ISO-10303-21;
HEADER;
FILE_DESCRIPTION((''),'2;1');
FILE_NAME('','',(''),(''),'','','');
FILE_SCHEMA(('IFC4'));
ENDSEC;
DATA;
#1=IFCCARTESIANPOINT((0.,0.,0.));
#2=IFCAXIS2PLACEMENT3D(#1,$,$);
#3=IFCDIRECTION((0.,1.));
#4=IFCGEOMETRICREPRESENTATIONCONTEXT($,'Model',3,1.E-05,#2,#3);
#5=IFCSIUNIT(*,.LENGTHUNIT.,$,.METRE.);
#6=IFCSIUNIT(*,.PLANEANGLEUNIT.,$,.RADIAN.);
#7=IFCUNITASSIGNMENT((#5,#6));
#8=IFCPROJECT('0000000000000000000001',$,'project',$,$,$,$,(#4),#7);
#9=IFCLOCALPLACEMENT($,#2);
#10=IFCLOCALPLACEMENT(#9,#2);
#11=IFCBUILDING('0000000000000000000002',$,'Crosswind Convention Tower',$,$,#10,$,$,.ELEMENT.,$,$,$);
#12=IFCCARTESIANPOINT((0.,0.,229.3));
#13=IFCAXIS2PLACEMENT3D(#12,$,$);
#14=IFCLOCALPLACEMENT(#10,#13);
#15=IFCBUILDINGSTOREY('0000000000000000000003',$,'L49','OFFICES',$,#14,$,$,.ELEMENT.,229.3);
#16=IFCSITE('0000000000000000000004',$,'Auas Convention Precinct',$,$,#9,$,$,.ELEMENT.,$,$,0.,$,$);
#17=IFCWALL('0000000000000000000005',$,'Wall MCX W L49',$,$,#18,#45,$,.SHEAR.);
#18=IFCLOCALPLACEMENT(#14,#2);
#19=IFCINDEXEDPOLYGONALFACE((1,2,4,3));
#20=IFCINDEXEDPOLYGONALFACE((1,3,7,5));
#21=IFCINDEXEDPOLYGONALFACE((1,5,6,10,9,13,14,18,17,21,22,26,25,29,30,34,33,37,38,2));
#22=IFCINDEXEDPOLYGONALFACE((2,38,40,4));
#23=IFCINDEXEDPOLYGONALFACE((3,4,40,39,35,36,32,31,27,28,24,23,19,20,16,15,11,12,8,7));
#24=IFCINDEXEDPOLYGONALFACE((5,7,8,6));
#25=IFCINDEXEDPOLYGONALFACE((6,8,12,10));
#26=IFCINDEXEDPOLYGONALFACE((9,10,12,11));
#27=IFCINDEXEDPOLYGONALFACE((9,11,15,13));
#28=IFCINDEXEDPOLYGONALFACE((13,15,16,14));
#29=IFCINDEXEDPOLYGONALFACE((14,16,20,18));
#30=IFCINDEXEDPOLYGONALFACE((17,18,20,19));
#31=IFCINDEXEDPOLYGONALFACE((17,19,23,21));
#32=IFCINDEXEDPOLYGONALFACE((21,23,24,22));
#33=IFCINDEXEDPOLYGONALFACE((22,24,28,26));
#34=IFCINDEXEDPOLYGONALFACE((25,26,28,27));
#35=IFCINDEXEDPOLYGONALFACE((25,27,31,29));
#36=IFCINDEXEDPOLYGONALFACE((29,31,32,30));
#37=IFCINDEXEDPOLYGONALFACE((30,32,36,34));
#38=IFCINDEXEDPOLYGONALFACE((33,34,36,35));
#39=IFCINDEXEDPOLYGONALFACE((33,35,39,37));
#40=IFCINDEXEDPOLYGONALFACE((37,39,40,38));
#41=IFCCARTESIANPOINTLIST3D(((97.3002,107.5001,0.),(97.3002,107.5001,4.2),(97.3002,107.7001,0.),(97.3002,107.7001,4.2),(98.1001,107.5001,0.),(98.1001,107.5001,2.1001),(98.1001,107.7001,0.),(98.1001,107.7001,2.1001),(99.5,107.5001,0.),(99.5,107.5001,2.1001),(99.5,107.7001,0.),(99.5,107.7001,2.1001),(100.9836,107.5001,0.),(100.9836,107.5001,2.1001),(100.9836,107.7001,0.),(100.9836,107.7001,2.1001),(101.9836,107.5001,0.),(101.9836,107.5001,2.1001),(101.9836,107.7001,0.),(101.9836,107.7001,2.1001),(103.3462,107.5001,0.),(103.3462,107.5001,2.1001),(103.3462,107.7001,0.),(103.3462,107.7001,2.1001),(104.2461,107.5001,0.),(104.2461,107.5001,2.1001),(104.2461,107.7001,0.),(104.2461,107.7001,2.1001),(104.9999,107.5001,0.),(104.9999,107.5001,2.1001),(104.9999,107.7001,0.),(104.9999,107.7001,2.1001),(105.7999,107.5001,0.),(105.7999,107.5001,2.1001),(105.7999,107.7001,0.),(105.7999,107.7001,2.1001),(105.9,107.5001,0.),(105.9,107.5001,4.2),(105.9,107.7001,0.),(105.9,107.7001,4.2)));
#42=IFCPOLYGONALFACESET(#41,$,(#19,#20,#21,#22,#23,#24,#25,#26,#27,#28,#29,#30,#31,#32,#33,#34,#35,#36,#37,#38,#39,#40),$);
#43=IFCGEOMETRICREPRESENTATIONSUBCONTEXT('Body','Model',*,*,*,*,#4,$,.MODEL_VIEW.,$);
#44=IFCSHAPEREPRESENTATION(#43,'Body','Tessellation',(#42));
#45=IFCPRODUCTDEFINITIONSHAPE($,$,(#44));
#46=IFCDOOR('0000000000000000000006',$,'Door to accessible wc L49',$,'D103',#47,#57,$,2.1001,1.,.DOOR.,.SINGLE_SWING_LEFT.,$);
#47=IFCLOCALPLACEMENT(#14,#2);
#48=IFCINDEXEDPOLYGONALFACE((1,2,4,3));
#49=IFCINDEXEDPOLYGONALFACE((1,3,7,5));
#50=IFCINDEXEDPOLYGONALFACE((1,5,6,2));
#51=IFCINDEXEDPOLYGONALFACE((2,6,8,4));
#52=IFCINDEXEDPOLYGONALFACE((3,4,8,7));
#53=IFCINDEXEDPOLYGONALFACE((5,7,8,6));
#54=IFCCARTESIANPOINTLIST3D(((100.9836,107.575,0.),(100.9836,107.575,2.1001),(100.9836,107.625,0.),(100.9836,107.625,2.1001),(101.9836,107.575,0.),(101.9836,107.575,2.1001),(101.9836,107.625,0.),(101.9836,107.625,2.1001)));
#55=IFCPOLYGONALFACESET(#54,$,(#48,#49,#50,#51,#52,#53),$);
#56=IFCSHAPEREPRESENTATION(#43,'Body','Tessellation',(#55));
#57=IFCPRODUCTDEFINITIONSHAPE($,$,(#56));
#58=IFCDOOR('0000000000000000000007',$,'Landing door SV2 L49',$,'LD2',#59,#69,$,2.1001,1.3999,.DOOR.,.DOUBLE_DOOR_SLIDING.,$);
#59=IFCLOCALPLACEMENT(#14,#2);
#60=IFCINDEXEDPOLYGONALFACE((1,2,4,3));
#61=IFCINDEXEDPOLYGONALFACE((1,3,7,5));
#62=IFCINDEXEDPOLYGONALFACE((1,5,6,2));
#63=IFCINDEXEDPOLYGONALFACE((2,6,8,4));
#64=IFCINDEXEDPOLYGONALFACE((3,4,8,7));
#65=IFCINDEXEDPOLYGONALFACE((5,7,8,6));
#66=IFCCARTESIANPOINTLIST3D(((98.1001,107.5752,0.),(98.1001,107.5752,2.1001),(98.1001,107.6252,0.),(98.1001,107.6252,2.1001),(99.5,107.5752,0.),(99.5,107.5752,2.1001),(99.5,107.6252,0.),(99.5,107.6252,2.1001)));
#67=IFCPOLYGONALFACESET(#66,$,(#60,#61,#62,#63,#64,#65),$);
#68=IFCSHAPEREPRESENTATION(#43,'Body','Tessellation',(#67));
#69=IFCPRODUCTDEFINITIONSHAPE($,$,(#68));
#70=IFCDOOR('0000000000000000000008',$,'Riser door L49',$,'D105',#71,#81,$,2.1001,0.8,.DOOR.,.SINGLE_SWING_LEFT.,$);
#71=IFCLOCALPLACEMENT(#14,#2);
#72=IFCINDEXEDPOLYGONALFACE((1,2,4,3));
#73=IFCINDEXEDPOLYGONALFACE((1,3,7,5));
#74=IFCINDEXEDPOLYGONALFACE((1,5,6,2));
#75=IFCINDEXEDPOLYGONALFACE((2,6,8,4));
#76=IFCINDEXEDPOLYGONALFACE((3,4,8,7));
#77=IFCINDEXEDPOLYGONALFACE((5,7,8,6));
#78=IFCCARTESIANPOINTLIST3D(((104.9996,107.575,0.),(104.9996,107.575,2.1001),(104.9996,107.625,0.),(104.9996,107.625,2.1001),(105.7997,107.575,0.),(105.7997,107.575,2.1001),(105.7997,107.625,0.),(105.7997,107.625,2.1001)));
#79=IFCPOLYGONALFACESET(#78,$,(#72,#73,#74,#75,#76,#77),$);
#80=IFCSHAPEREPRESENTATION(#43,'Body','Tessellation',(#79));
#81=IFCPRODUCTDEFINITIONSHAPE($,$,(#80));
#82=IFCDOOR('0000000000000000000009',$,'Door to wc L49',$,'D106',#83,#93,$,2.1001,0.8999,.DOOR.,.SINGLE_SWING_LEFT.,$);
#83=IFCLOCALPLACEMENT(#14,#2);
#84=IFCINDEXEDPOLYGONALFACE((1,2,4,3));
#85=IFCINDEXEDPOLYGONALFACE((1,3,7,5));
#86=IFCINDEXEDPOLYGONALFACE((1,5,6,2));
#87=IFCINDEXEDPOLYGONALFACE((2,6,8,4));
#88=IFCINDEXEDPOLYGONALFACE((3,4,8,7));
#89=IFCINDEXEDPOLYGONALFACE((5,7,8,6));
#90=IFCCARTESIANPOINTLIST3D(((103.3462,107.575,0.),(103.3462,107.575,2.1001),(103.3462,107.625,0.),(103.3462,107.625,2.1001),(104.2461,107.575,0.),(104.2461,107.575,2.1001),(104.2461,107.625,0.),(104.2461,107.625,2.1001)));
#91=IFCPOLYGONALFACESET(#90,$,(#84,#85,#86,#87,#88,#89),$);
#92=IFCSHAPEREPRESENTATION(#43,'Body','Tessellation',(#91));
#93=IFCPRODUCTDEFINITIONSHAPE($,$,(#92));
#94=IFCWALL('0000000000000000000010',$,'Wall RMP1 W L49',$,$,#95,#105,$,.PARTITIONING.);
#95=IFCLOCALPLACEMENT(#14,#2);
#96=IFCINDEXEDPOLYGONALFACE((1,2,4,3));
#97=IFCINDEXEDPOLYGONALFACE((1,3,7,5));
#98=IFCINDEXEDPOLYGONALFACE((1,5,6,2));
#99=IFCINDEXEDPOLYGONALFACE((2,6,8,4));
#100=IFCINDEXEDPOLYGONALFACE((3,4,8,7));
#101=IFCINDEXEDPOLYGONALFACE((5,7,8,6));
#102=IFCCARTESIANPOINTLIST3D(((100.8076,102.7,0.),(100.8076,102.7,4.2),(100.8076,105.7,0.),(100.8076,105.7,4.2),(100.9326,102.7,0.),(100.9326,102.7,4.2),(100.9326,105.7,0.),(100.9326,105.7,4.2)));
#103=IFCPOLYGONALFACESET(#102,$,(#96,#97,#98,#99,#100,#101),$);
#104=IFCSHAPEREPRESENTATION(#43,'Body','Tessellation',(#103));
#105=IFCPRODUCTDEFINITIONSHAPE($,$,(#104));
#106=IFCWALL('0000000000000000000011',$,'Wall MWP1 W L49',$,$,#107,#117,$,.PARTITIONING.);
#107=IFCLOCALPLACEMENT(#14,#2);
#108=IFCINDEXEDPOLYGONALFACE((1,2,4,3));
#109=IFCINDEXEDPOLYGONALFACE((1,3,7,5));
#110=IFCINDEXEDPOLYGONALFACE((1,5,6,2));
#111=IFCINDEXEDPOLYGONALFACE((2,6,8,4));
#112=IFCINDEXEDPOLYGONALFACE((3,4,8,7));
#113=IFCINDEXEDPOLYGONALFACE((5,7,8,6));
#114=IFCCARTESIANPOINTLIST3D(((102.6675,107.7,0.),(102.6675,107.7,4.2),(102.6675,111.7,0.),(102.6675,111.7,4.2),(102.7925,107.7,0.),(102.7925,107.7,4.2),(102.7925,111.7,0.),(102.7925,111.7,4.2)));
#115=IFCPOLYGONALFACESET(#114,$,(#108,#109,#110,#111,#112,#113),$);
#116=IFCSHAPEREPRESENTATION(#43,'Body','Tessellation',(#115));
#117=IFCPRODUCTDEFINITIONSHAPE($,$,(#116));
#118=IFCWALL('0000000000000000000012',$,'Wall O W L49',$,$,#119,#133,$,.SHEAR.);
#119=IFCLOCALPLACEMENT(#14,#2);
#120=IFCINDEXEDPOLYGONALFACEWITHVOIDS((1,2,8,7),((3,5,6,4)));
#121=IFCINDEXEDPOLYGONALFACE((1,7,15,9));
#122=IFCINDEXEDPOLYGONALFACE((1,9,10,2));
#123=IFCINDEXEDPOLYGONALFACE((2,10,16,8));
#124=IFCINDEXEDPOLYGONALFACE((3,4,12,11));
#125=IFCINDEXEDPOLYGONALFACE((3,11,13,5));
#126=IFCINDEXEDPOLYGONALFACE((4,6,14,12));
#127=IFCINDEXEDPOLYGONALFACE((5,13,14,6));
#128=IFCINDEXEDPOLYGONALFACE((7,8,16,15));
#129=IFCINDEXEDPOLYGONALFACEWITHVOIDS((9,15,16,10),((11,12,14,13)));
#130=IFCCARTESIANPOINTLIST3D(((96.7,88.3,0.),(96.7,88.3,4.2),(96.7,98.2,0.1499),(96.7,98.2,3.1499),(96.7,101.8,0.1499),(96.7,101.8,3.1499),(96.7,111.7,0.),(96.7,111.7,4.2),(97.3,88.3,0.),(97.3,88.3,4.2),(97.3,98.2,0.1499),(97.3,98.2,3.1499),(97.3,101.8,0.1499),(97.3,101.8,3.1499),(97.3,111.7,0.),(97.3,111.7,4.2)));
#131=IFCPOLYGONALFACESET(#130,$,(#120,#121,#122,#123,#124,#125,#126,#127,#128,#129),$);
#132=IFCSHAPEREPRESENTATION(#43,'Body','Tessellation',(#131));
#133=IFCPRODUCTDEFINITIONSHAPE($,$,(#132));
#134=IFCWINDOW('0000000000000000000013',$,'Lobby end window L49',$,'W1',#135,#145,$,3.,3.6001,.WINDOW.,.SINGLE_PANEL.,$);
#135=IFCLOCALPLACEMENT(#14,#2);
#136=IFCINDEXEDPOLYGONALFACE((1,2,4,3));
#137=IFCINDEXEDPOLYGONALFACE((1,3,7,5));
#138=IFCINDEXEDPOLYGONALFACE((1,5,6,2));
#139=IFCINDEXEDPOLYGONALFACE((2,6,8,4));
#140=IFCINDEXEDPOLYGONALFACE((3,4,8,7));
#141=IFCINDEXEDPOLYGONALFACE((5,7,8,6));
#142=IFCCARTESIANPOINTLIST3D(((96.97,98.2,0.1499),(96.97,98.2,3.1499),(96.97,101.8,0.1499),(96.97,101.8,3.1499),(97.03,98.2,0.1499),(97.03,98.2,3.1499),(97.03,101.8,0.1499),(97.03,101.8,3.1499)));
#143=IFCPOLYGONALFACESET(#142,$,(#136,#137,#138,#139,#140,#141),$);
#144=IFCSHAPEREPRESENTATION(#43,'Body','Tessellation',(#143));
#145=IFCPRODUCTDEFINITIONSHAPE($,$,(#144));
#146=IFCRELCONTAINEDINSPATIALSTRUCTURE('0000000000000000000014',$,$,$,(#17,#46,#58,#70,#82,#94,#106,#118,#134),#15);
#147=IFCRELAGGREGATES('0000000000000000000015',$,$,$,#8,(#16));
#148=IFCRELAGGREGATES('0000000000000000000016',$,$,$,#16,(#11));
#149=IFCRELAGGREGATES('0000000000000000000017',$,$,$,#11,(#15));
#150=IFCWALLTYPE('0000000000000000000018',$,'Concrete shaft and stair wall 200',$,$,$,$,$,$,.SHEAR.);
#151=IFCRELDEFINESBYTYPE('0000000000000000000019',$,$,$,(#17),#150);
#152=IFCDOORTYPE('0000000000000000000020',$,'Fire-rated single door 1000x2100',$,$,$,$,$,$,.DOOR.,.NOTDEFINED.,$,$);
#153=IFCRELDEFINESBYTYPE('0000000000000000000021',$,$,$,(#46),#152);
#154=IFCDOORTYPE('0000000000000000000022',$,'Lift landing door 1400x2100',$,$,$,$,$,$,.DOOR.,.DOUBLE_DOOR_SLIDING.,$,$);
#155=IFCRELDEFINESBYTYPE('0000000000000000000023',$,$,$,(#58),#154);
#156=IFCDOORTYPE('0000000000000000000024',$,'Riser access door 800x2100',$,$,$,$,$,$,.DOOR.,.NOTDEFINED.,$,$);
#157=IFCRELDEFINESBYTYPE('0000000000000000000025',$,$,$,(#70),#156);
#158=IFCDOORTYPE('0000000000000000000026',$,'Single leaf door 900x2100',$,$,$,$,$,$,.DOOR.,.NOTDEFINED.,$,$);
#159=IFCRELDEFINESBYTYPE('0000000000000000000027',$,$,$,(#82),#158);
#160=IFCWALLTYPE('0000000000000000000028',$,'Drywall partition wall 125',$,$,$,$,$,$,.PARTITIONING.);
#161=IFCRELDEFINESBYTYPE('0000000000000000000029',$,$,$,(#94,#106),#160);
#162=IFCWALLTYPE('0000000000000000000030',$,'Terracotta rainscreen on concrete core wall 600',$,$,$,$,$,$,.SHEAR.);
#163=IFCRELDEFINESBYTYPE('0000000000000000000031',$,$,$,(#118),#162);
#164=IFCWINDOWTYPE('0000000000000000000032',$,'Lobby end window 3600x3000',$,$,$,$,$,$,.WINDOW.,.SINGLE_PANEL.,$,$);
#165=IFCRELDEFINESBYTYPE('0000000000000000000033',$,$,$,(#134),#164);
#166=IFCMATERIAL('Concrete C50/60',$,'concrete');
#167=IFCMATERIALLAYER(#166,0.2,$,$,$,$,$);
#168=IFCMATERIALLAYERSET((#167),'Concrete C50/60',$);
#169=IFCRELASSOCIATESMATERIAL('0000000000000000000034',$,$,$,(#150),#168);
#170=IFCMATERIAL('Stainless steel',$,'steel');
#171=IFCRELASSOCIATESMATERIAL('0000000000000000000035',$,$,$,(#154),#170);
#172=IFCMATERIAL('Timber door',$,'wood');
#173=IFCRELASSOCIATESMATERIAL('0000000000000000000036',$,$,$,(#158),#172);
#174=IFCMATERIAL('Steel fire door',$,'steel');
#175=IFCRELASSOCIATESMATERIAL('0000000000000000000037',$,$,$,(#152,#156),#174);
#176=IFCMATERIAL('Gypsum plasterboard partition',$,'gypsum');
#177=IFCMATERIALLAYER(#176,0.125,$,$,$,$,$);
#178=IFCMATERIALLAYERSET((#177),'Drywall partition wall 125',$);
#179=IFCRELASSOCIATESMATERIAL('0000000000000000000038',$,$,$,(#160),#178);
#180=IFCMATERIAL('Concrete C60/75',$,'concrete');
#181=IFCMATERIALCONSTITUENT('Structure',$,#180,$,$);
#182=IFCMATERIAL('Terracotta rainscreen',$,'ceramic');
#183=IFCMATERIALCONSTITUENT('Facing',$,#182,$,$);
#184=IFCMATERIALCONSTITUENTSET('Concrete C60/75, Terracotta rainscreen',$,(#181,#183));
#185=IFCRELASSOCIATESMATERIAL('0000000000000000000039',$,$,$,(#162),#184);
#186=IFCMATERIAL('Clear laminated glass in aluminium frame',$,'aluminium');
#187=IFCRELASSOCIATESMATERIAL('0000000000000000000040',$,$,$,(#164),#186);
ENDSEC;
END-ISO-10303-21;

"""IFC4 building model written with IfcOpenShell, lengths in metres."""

from ifc_helpers import new_model, si_unit, direction, frame, frame_2d, origin, place, context, subcontext, project, spatial, rectangle, extrude, material, layer, layer_set, constituent, constituent_set, type_object, element, fill, save


model = new_model("IFC4")

# Units and contexts
model_context = context("Model", 3, precision=1e-05, world=origin(), true_north=direction((0.0, 1.0)))
body_context = subcontext(model_context, "Body", "Model", "MODEL_VIEW")
ifc_project = project(units=[si_unit("LENGTHUNIT", "METRE"), si_unit("PLANEANGLEUNIT", "RADIAN")], contexts=[model_context])

# Site, building, storey
site_placement = place(None, origin())
site = spatial("IfcSite", under=ifc_project, at=site_placement, Name="Auas Convention Precinct", CompositionType="ELEMENT", RefElevation=0.0)
building_placement = place(site_placement, origin())
building = spatial("IfcBuilding", under=site, at=building_placement, Name="Crosswind Convention Tower", CompositionType="ELEMENT")
storey_placement = place(building_placement, frame((0.0, 0.0, 229.3)))
storey = spatial("IfcBuildingStorey", under=building, at=storey_placement, Name="L49", Description="OFFICES", CompositionType="ELEMENT", Elevation=229.3)

# Shared definitions
ifc_material_1 = material(Name="Concrete C50/60", Category="concrete")
ifc_layer_1 = layer(ifc_material_1, 0.2)
ifc_layer_set_1 = layer_set([ifc_layer_1], Name="Concrete C50/60")
wall_type_1 = type_object("IfcWallType", Name="Concrete shaft and stair wall 200", PredefinedType="SHEAR", material=ifc_layer_set_1)

# Shared definitions
ifc_material_2 = material(Name="Stainless steel", Category="steel")
door_type_1 = type_object("IfcDoorType", Name="Lift landing door 1400x2100", OperationType="DOUBLE_DOOR_SLIDING", PredefinedType="DOOR", material=ifc_material_2)

# Shared definitions
ifc_material_3 = material(Name="Timber door", Category="wood")
door_type_2 = type_object("IfcDoorType", Name="Single leaf door 900x2100", OperationType="NOTDEFINED", PredefinedType="DOOR", material=ifc_material_3)

# Wall, openings, doors
wall_1_placement = place(storey_placement, frame((105.8999, 107.6001, 0.0), z_axis=(0.0, 0.0, 1.0), x_axis=(-1.0, 0.0, 0.0)))
wall_1 = element("IfcWall", 1, at=wall_1_placement, inside=storey, type_object=wall_type_1, Name="Wall MCX W L49", PredefinedType="SHEAR", context=body_context, shape_type="SweptSolid", body=[
    extrude(rectangle(XDim=8.5999, YDim=0.2, at=frame_2d((4.2998, 0.0))), origin(), (0.0, 0.0, 1.0), 4.2),
])
opening_1_placement = place(wall_1_placement, frame((0.1001, 0.0, 0.0)))
opening_1 = element("IfcOpeningElement", 2, at=opening_1_placement, cuts=wall_1, PredefinedType="OPENING", context=body_context, shape_type="SweptSolid", body=[
    extrude(rectangle(XDim=0.8, YDim=2.1001, at=frame_2d((0.3999, 1.05))), frame((0.0, 0.1099, 0.0), z_axis=(0.0, -1.0, 0.0), x_axis=(1.0, 0.0, 0.0)), (0.0, 0.0, 1.0), 0.22),
])
opening_2_placement = place(wall_1_placement, frame((1.6538, 0.0, 0.0)))
opening_2 = element("IfcOpeningElement", 3, at=opening_2_placement, cuts=wall_1, PredefinedType="OPENING", context=body_context, shape_type="SweptSolid", body=[
    extrude(rectangle(XDim=0.8999, YDim=2.1001, at=frame_2d((0.45, 1.05))), frame((0.0, 0.1099, 0.0), z_axis=(0.0, -1.0, 0.0), x_axis=(1.0, 0.0, 0.0)), (0.0, 0.0, 1.0), 0.22),
])
opening_3_placement = place(wall_1_placement, frame((3.9163, 0.0, 0.0)))
opening_3 = element("IfcOpeningElement", 4, at=opening_3_placement, cuts=wall_1, PredefinedType="OPENING", context=body_context, shape_type="SweptSolid", body=[
    extrude(rectangle(XDim=1.0, YDim=2.1001, at=frame_2d((0.5, 1.05))), frame((0.0, 0.1099, 0.0), z_axis=(0.0, -1.0, 0.0), x_axis=(1.0, 0.0, 0.0)), (0.0, 0.0, 1.0), 0.22),
])
opening_4_placement = place(wall_1_placement, frame((6.3999, 0.0, 0.0)))
opening_4 = element("IfcOpeningElement", 5, at=opening_4_placement, cuts=wall_1, PredefinedType="OPENING", context=body_context, shape_type="SweptSolid", body=[
    extrude(rectangle(XDim=1.3999, YDim=2.1001, at=frame_2d((0.7, 1.05))), frame((0.0, 0.1099, 0.0), z_axis=(0.0, -1.0, 0.0), x_axis=(1.0, 0.0, 0.0)), (0.0, 0.0, 1.0), 0.22),
])
ifc_material_4 = material(Name="Steel fire door", Category="steel")
door_type_3 = type_object("IfcDoorType", Name="Fire-rated single door 1000x2100", OperationType="NOTDEFINED", PredefinedType="DOOR", material=ifc_material_4)
door_1_placement = place(opening_3_placement, frame((1.0, 0.0, 0.0), z_axis=(0.0, 0.0, 1.0), x_axis=(-1.0, 0.0, 0.0)))
door_1 = element("IfcDoor", 6, at=door_1_placement, inside=storey, type_object=door_type_3, Name="Door to accessible wc L49", ObjectType="D103", OperationType="SINGLE_SWING_LEFT", OverallHeight=2.1001, OverallWidth=1.0, PredefinedType="DOOR", context=body_context, shape_type="SweptSolid", body=[
    extrude(rectangle(XDim=1.0, YDim=2.1001, at=frame_2d((0.5, 1.05))), frame((0.0, 0.0249, 0.0), z_axis=(0.0, -1.0, 0.0), x_axis=(1.0, 0.0, 0.0)), (0.0, 0.0, 1.0), 0.05),
])
fill(opening_3, door_1)
door_2_placement = place(opening_4_placement, origin())
door_2 = element("IfcDoor", 7, at=door_2_placement, inside=storey, type_object=door_type_1, Name="Landing door SV2 L49", ObjectType="LD2", OperationType="DOUBLE_DOOR_SLIDING", OverallHeight=2.1001, OverallWidth=1.3999, PredefinedType="DOOR", context=body_context, shape_type="SweptSolid", body=[
    extrude(rectangle(XDim=1.3999, YDim=2.1001, at=frame_2d((0.7, 1.05))), frame((0.0, 0.0249, 0.0), z_axis=(0.0, -1.0, 0.0), x_axis=(1.0, 0.0, 0.0)), (0.0, 0.0, 1.0), 0.05),
])
fill(opening_4, door_2)
door_type_4 = type_object("IfcDoorType", Name="Riser access door 800x2100", OperationType="NOTDEFINED", PredefinedType="DOOR", material=ifc_material_4)
door_3_placement = place(opening_1_placement, frame((0.8, 0.0, 0.0), z_axis=(0.0, 0.0, 1.0), x_axis=(-1.0, 0.0, 0.0)))
door_3 = element("IfcDoor", 8, at=door_3_placement, inside=storey, type_object=door_type_4, Name="Riser door L49", ObjectType="D105", OperationType="SINGLE_SWING_LEFT", OverallHeight=2.1001, OverallWidth=0.8, PredefinedType="DOOR", context=body_context, shape_type="SweptSolid", body=[
    extrude(rectangle(XDim=0.8, YDim=2.1001, at=frame_2d((0.3999, 1.05))), frame((0.0, 0.0249, 0.0), z_axis=(0.0, -1.0, 0.0), x_axis=(1.0, 0.0, 0.0)), (0.0, 0.0, 1.0), 0.05),
])
fill(opening_1, door_3)
door_4_placement = place(opening_2_placement, frame((0.8999, 0.0, 0.0), z_axis=(0.0, 0.0, 1.0), x_axis=(-1.0, 0.0, 0.0)))
door_4 = element("IfcDoor", 9, at=door_4_placement, inside=storey, type_object=door_type_2, Name="Door to wc L49", ObjectType="D106", OperationType="SINGLE_SWING_LEFT", OverallHeight=2.1001, OverallWidth=0.8999, PredefinedType="DOOR", context=body_context, shape_type="SweptSolid", body=[
    extrude(rectangle(XDim=0.8999, YDim=2.1001, at=frame_2d((0.45, 1.05))), frame((0.0, 0.0249, 0.0), z_axis=(0.0, -1.0, 0.0), x_axis=(1.0, 0.0, 0.0)), (0.0, 0.0, 1.0), 0.05),
])
fill(opening_2, door_4)

# Walls
ifc_material_5 = material(Name="Gypsum plasterboard partition", Category="gypsum")
ifc_layer_2 = layer(ifc_material_5, 0.125)
ifc_layer_set_2 = layer_set([ifc_layer_2], Name="Drywall partition wall 125")
wall_type_2 = type_object("IfcWallType", Name="Drywall partition wall 125", PredefinedType="PARTITIONING", material=ifc_layer_set_2)
wall_2_placement = place(storey_placement, frame((100.8701, 105.7, 0.0), z_axis=(0.0, 0.0, 1.0), x_axis=(0.0, -1.0, 0.0)))
element("IfcWall", 10, at=wall_2_placement, inside=storey, type_object=wall_type_2, Name="Wall RMP1 W L49", PredefinedType="PARTITIONING", context=body_context, shape_type="SweptSolid", body=[
    extrude(rectangle(XDim=3.0, YDim=0.125, at=frame_2d((1.5, 0.0))), origin(), (0.0, 0.0, 1.0), 4.2),
])
wall_3_placement = place(storey_placement, frame((102.73, 111.7, 0.0), z_axis=(0.0, 0.0, 1.0), x_axis=(0.0, -1.0, 0.0)))
element("IfcWall", 11, at=wall_3_placement, inside=storey, type_object=wall_type_2, Name="Wall MWP1 W L49", PredefinedType="PARTITIONING", context=body_context, shape_type="SweptSolid", body=[
    extrude(rectangle(XDim=4.0, YDim=0.125, at=frame_2d((2.0, 0.0))), origin(), (0.0, 0.0, 1.0), 4.2),
])

# Wall, opening, window
ifc_material_6 = material(Name="Concrete C60/75", Category="concrete")
ifc_constituent_1 = constituent(ifc_material_6, Name="Structure")
ifc_material_7 = material(Name="Terracotta rainscreen", Category="ceramic")
ifc_constituent_2 = constituent(ifc_material_7, Name="Facing")
ifc_constituent_set = constituent_set(constituents=[ifc_constituent_1, ifc_constituent_2], Name="Concrete C60/75, Terracotta rainscreen")
wall_type_3 = type_object("IfcWallType", Name="Terracotta rainscreen on concrete core wall 600", PredefinedType="SHEAR", material=ifc_constituent_set)
wall_4_placement = place(storey_placement, frame((97.0, 111.7, 0.0), z_axis=(0.0, 0.0, 1.0), x_axis=(0.0, -1.0, 0.0)))
wall_4 = element("IfcWall", 12, at=wall_4_placement, inside=storey, type_object=wall_type_3, Name="Wall O W L49", PredefinedType="SHEAR", context=body_context, shape_type="SweptSolid", body=[
    extrude(rectangle(XDim=23.3999, YDim=0.6001, at=frame_2d((11.7, 0.0))), origin(), (0.0, 0.0, 1.0), 4.2),
])
opening_5_placement = place(wall_4_placement, frame((9.8999, 0.0, 0.1499)))
opening_5 = element("IfcOpeningElement", 13, at=opening_5_placement, cuts=wall_4, PredefinedType="OPENING", context=body_context, shape_type="SweptSolid", body=[
    extrude(rectangle(XDim=3.6001, YDim=3.0, at=frame_2d((1.8, 1.5))), frame((0.0, 0.3101, 0.0), z_axis=(0.0, -1.0, 0.0), x_axis=(1.0, 0.0, 0.0)), (0.0, 0.0, 1.0), 0.6201),
])
ifc_material_8 = material(Name="Clear laminated glass in aluminium frame", Category="aluminium")
window_type = type_object("IfcWindowType", Name="Lobby end window 3600x3000", PartitioningType="SINGLE_PANEL", PredefinedType="WINDOW", material=ifc_material_8)
window_placement = place(opening_5_placement, origin())
window = element("IfcWindow", 14, at=window_placement, inside=storey, type_object=window_type, Name="Lobby end window L49", ObjectType="W1", OverallHeight=3.0, OverallWidth=3.6001, PartitioningType="SINGLE_PANEL", PredefinedType="WINDOW", context=body_context, shape_type="SweptSolid", body=[
    extrude(rectangle(XDim=3.6001, YDim=3.0, at=frame_2d((1.8, 1.5))), frame((0.0, 0.03, 0.0), z_axis=(0.0, -1.0, 0.0), x_axis=(1.0, 0.0, 0.0)), (0.0, 0.0, 1.0), 0.0601),
])
fill(opening_5, window)

save(model, "model.ifc")
